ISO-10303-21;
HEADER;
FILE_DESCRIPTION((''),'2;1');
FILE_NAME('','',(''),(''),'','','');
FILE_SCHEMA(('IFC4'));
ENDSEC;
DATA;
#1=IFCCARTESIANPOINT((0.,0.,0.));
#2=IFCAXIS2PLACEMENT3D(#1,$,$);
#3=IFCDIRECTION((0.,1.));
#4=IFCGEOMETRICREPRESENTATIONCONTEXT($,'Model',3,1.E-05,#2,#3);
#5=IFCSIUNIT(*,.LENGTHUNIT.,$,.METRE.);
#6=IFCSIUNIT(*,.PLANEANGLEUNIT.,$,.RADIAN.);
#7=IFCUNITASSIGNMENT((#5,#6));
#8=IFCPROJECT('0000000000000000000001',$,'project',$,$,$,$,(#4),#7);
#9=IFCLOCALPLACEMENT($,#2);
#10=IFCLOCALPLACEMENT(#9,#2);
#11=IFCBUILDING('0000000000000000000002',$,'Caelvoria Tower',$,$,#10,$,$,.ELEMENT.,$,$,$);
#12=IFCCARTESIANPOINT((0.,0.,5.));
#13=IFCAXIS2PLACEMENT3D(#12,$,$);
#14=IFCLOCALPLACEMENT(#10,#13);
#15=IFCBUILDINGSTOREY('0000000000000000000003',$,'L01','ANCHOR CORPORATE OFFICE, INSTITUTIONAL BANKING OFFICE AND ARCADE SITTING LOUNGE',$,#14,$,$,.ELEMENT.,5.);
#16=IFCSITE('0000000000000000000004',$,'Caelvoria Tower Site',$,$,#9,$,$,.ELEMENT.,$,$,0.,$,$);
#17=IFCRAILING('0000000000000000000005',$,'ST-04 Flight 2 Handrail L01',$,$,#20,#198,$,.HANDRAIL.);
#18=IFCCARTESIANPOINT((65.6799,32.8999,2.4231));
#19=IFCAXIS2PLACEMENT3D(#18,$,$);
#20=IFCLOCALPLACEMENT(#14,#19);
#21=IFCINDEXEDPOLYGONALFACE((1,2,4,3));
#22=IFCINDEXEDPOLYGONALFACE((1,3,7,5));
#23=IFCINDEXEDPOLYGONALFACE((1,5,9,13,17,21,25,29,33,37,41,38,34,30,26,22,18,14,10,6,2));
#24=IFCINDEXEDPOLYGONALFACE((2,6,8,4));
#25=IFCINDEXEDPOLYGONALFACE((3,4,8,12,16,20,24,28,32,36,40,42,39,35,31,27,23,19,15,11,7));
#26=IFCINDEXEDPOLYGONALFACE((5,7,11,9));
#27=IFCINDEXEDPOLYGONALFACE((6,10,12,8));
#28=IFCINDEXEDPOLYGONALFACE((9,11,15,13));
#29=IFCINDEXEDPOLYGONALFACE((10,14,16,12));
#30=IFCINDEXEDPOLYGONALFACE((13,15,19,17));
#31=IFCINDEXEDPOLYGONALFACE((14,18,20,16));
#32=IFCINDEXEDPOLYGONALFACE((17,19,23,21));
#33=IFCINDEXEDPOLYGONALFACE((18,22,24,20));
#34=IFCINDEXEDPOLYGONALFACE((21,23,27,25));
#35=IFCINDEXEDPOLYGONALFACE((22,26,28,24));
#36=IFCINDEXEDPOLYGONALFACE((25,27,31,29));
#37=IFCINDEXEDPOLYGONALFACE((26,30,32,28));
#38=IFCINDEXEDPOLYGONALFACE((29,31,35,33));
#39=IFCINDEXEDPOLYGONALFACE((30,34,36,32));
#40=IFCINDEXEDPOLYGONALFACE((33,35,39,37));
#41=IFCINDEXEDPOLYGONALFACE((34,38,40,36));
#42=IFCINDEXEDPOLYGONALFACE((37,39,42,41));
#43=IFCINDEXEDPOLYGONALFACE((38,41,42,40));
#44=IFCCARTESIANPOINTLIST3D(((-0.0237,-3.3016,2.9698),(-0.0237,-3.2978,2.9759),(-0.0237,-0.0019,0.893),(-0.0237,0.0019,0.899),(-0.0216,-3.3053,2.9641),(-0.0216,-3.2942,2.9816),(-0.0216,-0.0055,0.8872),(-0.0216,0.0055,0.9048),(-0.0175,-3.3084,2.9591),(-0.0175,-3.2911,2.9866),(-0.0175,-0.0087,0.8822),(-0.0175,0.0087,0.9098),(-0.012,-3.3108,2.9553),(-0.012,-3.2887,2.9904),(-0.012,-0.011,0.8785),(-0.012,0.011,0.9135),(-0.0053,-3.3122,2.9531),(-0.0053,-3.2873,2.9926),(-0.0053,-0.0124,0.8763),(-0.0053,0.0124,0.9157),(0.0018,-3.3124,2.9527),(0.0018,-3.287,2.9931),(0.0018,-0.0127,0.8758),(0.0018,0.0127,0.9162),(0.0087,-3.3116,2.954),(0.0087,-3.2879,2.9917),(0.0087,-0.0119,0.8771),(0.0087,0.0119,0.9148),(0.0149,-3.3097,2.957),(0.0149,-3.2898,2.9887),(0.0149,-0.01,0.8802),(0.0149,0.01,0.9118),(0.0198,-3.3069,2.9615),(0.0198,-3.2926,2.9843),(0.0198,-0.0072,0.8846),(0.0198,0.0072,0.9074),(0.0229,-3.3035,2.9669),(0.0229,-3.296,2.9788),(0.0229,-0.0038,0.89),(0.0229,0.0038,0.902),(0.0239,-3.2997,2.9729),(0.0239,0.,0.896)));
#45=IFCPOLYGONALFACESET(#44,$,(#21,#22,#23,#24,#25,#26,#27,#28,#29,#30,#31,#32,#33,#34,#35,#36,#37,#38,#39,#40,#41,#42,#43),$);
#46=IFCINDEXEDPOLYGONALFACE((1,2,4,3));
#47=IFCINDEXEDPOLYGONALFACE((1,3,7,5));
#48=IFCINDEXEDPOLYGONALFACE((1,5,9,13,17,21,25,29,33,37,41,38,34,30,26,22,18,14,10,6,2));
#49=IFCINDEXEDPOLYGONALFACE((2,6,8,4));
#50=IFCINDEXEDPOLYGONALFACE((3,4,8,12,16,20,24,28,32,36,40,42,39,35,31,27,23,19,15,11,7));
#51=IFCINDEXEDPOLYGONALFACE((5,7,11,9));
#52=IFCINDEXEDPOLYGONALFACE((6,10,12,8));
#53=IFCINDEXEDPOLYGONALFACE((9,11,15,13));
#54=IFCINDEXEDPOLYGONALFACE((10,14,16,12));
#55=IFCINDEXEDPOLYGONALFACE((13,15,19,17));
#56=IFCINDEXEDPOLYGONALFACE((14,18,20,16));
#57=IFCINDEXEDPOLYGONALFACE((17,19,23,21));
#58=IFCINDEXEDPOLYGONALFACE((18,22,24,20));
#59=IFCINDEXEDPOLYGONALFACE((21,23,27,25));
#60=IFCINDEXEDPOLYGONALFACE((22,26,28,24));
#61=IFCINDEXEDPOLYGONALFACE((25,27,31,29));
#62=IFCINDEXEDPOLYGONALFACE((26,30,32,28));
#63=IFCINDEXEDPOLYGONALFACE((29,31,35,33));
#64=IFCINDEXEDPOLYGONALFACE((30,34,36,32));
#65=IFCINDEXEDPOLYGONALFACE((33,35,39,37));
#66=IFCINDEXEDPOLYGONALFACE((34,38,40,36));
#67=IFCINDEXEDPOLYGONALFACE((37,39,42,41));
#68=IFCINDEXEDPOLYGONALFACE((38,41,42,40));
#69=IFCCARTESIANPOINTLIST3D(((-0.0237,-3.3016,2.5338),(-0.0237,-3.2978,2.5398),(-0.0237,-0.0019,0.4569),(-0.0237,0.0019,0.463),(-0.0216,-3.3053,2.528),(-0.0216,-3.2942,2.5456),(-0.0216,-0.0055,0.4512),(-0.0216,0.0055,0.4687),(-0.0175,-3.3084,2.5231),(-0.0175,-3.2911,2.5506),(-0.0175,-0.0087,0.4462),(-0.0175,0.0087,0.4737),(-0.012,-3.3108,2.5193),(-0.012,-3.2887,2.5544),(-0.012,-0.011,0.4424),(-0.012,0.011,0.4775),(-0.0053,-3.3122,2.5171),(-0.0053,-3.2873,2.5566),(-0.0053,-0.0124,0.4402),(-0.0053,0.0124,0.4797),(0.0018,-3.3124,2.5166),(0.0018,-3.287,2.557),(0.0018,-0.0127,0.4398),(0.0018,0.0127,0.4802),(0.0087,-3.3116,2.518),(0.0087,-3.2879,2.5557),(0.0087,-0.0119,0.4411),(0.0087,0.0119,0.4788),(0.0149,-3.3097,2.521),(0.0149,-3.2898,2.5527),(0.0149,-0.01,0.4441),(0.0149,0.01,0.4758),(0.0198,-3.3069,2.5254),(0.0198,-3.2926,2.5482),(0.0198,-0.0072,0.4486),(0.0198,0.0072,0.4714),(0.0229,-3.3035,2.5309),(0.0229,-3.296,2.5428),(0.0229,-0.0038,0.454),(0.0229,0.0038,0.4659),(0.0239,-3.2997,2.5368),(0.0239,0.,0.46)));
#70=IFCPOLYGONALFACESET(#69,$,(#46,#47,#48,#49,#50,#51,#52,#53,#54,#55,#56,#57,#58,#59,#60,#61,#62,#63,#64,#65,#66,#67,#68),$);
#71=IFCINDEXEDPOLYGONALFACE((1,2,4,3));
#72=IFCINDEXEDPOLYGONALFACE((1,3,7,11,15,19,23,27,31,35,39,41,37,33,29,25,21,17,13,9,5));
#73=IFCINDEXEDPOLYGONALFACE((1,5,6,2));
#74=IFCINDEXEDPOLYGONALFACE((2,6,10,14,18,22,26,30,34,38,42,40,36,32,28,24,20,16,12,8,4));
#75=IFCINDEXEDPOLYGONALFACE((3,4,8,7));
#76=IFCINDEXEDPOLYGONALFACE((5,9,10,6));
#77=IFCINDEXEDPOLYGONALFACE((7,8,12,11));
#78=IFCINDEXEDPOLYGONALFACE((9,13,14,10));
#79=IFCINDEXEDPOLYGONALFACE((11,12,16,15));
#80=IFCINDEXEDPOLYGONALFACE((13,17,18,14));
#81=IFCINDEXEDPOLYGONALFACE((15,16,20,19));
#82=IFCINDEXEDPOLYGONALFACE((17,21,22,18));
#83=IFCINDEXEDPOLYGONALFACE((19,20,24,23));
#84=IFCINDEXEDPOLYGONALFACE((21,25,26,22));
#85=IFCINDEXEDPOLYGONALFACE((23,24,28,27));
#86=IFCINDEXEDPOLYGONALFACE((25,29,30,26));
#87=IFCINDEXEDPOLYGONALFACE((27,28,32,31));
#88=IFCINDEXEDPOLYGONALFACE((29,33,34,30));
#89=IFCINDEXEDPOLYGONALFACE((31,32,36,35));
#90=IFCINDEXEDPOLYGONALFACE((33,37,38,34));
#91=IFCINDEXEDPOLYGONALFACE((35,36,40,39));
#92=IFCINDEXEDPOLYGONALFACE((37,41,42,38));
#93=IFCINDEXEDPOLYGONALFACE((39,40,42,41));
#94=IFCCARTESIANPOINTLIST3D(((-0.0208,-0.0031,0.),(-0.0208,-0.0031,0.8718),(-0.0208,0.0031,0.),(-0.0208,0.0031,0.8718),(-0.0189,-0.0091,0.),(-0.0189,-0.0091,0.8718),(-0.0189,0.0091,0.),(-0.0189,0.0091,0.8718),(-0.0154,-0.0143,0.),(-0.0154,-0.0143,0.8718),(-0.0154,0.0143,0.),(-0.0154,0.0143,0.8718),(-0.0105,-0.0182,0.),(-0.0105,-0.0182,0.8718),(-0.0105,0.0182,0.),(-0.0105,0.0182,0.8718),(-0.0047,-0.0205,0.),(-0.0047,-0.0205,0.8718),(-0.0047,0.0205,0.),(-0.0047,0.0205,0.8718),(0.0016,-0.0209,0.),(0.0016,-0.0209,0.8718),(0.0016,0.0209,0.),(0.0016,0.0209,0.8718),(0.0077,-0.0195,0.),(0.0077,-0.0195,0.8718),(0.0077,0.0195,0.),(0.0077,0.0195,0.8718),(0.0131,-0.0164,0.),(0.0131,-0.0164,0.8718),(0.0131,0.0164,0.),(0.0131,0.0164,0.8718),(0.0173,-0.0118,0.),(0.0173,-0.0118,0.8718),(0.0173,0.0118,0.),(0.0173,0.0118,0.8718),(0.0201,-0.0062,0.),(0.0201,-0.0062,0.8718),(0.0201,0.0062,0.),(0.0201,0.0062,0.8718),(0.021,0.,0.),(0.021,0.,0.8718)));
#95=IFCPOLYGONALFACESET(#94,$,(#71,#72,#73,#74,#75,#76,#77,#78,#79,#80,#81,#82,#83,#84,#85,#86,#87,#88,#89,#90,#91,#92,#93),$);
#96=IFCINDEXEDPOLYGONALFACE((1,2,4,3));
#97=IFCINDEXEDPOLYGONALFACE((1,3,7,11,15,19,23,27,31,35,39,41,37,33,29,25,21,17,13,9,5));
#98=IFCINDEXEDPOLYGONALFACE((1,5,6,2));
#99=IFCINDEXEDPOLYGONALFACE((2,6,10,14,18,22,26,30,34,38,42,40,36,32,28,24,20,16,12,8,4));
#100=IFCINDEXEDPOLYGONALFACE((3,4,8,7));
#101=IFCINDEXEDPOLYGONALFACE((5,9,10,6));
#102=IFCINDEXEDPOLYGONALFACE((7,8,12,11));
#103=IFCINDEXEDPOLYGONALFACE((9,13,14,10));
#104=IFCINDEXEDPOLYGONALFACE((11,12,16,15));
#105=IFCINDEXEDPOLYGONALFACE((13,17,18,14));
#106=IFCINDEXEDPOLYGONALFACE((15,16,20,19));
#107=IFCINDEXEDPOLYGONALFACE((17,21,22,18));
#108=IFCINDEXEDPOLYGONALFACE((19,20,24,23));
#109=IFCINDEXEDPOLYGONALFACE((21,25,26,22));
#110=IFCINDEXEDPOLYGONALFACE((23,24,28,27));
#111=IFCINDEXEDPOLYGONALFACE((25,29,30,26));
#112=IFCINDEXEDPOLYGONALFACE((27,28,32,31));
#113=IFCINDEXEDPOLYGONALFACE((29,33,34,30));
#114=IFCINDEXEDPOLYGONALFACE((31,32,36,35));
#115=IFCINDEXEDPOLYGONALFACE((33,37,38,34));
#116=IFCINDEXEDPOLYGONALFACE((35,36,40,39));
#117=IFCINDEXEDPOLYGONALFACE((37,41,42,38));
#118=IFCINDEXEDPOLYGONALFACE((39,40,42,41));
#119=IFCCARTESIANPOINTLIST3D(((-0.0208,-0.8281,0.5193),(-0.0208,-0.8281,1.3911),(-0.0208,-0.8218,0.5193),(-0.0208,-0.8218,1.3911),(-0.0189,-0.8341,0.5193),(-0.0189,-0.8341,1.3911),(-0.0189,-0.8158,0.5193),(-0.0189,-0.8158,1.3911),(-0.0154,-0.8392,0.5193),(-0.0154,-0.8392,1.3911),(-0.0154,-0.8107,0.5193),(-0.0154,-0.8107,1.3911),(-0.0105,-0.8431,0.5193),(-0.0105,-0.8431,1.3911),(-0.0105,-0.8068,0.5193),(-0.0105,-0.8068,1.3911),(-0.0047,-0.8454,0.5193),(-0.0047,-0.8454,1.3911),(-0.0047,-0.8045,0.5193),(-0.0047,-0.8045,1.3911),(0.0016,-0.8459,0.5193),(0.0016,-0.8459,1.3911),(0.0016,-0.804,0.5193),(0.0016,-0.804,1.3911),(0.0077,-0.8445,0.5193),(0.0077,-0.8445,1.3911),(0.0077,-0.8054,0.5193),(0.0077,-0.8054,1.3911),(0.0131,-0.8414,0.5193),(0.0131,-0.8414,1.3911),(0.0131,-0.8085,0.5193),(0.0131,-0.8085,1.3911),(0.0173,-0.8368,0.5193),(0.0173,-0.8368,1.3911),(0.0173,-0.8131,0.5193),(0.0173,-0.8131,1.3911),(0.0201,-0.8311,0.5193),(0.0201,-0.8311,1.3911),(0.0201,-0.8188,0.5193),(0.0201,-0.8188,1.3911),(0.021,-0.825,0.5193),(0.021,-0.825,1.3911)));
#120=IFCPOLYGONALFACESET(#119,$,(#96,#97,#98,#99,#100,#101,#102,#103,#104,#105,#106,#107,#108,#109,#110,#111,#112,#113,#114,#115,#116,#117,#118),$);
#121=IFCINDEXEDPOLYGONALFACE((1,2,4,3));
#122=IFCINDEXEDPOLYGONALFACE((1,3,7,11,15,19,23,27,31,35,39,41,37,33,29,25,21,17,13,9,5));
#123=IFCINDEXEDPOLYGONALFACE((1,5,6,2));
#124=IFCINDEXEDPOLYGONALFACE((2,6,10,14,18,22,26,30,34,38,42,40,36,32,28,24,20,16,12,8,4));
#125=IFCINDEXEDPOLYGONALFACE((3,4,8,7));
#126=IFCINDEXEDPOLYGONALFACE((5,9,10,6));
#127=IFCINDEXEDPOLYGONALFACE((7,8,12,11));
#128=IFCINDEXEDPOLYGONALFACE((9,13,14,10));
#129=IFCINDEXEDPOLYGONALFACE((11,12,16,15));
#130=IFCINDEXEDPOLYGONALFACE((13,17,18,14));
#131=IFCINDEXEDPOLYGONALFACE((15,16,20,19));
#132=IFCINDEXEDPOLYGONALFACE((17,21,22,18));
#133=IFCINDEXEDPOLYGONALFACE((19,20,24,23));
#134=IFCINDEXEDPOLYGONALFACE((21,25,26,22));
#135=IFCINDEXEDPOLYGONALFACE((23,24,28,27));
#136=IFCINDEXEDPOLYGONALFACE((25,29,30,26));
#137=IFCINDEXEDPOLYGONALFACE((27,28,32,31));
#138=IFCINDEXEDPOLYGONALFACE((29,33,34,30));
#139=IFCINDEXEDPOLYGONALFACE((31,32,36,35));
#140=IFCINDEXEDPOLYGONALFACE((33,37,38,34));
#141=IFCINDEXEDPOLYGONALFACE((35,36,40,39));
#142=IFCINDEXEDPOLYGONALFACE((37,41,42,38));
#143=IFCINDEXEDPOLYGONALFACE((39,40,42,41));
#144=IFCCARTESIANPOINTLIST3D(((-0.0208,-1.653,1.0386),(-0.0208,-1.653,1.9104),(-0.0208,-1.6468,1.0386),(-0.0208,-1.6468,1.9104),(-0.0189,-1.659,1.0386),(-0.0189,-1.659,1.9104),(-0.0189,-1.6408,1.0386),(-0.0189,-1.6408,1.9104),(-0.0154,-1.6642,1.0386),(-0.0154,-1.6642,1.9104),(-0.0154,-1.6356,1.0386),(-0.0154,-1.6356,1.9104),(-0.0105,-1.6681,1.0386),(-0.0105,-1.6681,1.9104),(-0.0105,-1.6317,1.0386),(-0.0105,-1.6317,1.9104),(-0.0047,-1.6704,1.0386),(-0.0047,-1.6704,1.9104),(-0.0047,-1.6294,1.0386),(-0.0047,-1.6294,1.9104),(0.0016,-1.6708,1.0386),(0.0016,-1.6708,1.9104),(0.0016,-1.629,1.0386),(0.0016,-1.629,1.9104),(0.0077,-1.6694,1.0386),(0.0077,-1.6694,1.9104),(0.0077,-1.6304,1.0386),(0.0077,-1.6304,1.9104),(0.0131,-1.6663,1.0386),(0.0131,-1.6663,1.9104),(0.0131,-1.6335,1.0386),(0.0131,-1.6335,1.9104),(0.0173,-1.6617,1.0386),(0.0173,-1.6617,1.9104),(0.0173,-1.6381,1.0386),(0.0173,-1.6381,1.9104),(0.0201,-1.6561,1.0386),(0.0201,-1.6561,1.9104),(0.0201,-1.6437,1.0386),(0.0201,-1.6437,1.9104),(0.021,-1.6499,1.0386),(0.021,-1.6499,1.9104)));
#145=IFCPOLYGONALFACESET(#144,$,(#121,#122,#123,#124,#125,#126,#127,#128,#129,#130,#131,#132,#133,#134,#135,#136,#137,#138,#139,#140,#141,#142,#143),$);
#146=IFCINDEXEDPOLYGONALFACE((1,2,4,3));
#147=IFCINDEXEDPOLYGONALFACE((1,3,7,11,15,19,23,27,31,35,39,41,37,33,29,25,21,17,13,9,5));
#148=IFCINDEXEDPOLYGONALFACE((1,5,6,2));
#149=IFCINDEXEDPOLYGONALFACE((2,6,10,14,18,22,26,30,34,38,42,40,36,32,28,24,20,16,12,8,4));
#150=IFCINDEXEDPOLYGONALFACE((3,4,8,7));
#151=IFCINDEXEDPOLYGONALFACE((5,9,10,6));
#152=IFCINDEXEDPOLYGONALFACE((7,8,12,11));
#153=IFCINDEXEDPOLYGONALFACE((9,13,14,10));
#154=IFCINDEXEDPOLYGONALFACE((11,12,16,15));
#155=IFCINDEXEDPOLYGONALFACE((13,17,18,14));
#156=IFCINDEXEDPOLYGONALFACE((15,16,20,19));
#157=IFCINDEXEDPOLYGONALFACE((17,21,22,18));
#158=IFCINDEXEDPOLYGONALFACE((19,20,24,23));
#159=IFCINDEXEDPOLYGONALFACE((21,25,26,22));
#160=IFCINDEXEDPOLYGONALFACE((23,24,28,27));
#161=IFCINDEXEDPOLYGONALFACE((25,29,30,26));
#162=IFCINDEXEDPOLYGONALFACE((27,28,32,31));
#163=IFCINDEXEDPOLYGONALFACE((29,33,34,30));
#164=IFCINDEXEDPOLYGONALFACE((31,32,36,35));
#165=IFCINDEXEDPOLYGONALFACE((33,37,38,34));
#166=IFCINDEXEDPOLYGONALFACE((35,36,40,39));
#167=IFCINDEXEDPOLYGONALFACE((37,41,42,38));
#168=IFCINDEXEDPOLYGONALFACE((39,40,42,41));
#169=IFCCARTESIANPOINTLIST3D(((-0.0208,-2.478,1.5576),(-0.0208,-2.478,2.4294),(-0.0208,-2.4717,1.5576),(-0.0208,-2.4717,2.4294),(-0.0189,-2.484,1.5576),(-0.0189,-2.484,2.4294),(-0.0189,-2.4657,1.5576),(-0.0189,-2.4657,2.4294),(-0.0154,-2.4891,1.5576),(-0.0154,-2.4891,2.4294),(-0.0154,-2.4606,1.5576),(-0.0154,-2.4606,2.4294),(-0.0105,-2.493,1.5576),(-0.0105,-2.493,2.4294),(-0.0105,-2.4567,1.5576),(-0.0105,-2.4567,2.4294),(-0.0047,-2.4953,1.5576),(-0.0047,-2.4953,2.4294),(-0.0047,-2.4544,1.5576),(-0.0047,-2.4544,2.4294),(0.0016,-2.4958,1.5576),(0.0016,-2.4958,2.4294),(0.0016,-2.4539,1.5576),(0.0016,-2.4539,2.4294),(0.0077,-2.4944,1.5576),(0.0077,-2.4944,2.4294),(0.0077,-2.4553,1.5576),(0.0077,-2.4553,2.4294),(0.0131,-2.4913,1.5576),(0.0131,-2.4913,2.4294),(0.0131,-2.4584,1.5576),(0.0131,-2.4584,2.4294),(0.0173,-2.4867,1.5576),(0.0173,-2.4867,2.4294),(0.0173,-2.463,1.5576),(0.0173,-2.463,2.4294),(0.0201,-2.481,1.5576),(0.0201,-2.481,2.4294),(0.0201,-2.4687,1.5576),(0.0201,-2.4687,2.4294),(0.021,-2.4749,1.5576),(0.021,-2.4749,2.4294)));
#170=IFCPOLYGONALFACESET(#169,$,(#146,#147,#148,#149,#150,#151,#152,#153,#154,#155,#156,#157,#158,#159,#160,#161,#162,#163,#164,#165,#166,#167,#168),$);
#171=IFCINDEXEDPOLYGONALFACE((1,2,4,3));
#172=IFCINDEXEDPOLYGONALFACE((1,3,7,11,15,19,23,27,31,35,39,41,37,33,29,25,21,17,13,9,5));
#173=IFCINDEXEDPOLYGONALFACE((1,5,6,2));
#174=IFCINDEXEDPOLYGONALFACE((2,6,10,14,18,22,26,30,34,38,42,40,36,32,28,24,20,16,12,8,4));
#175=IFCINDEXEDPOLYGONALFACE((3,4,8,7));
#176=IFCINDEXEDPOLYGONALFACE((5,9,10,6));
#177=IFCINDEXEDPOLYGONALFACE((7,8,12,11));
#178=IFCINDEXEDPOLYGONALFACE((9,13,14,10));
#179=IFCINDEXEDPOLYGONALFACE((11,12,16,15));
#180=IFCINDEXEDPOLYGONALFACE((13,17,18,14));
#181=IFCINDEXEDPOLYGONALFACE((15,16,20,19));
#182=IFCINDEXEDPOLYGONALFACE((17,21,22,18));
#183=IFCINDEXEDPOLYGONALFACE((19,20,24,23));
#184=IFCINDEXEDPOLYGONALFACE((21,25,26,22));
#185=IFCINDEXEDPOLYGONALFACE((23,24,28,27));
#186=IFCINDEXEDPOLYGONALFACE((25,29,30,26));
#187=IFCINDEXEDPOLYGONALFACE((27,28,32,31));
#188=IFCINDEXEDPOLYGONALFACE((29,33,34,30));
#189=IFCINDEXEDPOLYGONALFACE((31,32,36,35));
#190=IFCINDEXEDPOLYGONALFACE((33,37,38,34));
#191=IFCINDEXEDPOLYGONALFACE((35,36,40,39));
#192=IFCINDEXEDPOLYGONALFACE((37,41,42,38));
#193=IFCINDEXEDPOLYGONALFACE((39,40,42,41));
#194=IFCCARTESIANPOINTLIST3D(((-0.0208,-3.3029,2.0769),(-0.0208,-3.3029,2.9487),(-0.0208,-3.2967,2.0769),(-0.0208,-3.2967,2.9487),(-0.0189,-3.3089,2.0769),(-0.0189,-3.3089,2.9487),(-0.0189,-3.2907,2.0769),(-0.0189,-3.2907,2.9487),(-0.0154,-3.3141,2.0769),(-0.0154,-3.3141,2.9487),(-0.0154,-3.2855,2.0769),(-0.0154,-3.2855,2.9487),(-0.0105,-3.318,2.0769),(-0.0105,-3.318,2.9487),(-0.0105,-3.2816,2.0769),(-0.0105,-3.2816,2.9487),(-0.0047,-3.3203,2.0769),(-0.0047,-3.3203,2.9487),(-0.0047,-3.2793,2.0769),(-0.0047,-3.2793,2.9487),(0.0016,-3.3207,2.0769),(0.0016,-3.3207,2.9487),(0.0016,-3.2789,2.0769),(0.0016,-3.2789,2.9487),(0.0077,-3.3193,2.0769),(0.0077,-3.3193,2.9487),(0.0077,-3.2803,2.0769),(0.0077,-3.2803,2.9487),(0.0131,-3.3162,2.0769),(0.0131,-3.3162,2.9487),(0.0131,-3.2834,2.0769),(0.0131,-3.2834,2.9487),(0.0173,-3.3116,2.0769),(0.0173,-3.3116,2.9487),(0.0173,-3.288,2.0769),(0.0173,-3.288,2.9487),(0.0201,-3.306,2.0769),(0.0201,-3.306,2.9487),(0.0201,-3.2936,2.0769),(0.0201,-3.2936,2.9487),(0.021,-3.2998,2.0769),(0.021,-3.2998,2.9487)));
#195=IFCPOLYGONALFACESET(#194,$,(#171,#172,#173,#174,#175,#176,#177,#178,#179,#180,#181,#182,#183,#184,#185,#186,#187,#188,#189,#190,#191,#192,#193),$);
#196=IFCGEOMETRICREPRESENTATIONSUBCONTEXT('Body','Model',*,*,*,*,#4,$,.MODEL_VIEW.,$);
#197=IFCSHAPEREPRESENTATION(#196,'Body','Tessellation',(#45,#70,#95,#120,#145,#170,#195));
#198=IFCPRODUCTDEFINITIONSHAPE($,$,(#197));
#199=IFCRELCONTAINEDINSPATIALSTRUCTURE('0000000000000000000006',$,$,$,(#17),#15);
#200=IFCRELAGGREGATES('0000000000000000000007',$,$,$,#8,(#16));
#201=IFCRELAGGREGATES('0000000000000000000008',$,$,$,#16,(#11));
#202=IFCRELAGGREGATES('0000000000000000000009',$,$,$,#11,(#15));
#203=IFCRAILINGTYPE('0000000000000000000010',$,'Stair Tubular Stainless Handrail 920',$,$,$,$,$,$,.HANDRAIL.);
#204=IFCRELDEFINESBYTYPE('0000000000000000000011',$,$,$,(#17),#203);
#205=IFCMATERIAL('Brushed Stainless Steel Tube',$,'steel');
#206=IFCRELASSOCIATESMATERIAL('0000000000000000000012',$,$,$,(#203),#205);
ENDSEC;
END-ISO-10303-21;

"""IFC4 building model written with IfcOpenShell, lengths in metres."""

from ifc_helpers import new_model, si_unit, direction, frame, origin, origin_2d, place, context, subcontext, project, spatial, circle, extrude, material, type_object, element, save


model = new_model("IFC4")

# Units and contexts
model_context = context("Model", 3, precision=1e-05, world=origin(), true_north=direction((0.0, 1.0)))
body_context = subcontext(model_context, "Body", "Model", "MODEL_VIEW")
ifc_project = project(units=[si_unit("LENGTHUNIT", "METRE"), si_unit("PLANEANGLEUNIT", "RADIAN")], contexts=[model_context])

# Site, building, storey
site_placement = place(None, origin())
site = spatial("IfcSite", under=ifc_project, at=site_placement, Name="Caelvoria Tower Site", CompositionType="ELEMENT", RefElevation=0.0)
building_placement = place(site_placement, origin())
building = spatial("IfcBuilding", under=site, at=building_placement, Name="Caelvoria Tower", CompositionType="ELEMENT")
storey_placement = place(building_placement, frame((0.0, 0.0, 5.0)))
storey = spatial("IfcBuildingStorey", under=building, at=storey_placement, Name="L01", Description="ANCHOR CORPORATE OFFICE, INSTITUTIONAL BANKING OFFICE AND ARCADE SITTING LOUNGE", CompositionType="ELEMENT", Elevation=5.0)

# Railing
ifc_material_1 = material(Name="Brushed Stainless Steel Tube", Category="steel")
railing_type_1 = type_object("IfcRailingType", Name="Stair Tubular Stainless Handrail 920", PredefinedType="HANDRAIL", material=ifc_material_1)
railing_1_placement = place(storey_placement, frame((65.6799, 32.8999, 2.4231)))
element("IfcRailing", 1, at=railing_1_placement, inside=storey, type_object=railing_type_1, Name="ST-04 Flight 2 Handrail L01", PredefinedType="HANDRAIL", context=body_context, shape_type="SweptSolid", body=[
    extrude(circle(Radius=0.0239, at=origin_2d()), frame((0.0, 0.0, 0.896), z_axis=(0.0, -0.84632, 0.532675), x_axis=(1.0, 0.0, 0.0)), (0.0, 0.0, 1.0), 3.8989),
    extrude(circle(Radius=0.0239, at=origin_2d()), frame((0.0, 0.0, 0.46), z_axis=(0.0, -0.84632, 0.532675), x_axis=(1.0, 0.0, 0.0)), (0.0, 0.0, 1.0), 3.8989),
    extrude(circle(Radius=0.021, at=origin_2d()), origin(), (0.0, 0.0, 1.0), 0.8718),
    extrude(circle(Radius=0.021, at=origin_2d()), frame((0.0, -0.825, 0.5193)), (0.0, 0.0, 1.0), 0.8718),
    extrude(circle(Radius=0.021, at=origin_2d()), frame((0.0, -1.6499, 1.0386)), (0.0, 0.0, 1.0), 0.8718),
    extrude(circle(Radius=0.021, at=origin_2d()), frame((0.0, -2.4749, 1.5576)), (0.0, 0.0, 1.0), 0.8718),
    extrude(circle(Radius=0.021, at=origin_2d()), frame((0.0, -3.2998, 2.0769)), (0.0, 0.0, 1.0), 0.8718),
])

save(model, "model.ifc")
